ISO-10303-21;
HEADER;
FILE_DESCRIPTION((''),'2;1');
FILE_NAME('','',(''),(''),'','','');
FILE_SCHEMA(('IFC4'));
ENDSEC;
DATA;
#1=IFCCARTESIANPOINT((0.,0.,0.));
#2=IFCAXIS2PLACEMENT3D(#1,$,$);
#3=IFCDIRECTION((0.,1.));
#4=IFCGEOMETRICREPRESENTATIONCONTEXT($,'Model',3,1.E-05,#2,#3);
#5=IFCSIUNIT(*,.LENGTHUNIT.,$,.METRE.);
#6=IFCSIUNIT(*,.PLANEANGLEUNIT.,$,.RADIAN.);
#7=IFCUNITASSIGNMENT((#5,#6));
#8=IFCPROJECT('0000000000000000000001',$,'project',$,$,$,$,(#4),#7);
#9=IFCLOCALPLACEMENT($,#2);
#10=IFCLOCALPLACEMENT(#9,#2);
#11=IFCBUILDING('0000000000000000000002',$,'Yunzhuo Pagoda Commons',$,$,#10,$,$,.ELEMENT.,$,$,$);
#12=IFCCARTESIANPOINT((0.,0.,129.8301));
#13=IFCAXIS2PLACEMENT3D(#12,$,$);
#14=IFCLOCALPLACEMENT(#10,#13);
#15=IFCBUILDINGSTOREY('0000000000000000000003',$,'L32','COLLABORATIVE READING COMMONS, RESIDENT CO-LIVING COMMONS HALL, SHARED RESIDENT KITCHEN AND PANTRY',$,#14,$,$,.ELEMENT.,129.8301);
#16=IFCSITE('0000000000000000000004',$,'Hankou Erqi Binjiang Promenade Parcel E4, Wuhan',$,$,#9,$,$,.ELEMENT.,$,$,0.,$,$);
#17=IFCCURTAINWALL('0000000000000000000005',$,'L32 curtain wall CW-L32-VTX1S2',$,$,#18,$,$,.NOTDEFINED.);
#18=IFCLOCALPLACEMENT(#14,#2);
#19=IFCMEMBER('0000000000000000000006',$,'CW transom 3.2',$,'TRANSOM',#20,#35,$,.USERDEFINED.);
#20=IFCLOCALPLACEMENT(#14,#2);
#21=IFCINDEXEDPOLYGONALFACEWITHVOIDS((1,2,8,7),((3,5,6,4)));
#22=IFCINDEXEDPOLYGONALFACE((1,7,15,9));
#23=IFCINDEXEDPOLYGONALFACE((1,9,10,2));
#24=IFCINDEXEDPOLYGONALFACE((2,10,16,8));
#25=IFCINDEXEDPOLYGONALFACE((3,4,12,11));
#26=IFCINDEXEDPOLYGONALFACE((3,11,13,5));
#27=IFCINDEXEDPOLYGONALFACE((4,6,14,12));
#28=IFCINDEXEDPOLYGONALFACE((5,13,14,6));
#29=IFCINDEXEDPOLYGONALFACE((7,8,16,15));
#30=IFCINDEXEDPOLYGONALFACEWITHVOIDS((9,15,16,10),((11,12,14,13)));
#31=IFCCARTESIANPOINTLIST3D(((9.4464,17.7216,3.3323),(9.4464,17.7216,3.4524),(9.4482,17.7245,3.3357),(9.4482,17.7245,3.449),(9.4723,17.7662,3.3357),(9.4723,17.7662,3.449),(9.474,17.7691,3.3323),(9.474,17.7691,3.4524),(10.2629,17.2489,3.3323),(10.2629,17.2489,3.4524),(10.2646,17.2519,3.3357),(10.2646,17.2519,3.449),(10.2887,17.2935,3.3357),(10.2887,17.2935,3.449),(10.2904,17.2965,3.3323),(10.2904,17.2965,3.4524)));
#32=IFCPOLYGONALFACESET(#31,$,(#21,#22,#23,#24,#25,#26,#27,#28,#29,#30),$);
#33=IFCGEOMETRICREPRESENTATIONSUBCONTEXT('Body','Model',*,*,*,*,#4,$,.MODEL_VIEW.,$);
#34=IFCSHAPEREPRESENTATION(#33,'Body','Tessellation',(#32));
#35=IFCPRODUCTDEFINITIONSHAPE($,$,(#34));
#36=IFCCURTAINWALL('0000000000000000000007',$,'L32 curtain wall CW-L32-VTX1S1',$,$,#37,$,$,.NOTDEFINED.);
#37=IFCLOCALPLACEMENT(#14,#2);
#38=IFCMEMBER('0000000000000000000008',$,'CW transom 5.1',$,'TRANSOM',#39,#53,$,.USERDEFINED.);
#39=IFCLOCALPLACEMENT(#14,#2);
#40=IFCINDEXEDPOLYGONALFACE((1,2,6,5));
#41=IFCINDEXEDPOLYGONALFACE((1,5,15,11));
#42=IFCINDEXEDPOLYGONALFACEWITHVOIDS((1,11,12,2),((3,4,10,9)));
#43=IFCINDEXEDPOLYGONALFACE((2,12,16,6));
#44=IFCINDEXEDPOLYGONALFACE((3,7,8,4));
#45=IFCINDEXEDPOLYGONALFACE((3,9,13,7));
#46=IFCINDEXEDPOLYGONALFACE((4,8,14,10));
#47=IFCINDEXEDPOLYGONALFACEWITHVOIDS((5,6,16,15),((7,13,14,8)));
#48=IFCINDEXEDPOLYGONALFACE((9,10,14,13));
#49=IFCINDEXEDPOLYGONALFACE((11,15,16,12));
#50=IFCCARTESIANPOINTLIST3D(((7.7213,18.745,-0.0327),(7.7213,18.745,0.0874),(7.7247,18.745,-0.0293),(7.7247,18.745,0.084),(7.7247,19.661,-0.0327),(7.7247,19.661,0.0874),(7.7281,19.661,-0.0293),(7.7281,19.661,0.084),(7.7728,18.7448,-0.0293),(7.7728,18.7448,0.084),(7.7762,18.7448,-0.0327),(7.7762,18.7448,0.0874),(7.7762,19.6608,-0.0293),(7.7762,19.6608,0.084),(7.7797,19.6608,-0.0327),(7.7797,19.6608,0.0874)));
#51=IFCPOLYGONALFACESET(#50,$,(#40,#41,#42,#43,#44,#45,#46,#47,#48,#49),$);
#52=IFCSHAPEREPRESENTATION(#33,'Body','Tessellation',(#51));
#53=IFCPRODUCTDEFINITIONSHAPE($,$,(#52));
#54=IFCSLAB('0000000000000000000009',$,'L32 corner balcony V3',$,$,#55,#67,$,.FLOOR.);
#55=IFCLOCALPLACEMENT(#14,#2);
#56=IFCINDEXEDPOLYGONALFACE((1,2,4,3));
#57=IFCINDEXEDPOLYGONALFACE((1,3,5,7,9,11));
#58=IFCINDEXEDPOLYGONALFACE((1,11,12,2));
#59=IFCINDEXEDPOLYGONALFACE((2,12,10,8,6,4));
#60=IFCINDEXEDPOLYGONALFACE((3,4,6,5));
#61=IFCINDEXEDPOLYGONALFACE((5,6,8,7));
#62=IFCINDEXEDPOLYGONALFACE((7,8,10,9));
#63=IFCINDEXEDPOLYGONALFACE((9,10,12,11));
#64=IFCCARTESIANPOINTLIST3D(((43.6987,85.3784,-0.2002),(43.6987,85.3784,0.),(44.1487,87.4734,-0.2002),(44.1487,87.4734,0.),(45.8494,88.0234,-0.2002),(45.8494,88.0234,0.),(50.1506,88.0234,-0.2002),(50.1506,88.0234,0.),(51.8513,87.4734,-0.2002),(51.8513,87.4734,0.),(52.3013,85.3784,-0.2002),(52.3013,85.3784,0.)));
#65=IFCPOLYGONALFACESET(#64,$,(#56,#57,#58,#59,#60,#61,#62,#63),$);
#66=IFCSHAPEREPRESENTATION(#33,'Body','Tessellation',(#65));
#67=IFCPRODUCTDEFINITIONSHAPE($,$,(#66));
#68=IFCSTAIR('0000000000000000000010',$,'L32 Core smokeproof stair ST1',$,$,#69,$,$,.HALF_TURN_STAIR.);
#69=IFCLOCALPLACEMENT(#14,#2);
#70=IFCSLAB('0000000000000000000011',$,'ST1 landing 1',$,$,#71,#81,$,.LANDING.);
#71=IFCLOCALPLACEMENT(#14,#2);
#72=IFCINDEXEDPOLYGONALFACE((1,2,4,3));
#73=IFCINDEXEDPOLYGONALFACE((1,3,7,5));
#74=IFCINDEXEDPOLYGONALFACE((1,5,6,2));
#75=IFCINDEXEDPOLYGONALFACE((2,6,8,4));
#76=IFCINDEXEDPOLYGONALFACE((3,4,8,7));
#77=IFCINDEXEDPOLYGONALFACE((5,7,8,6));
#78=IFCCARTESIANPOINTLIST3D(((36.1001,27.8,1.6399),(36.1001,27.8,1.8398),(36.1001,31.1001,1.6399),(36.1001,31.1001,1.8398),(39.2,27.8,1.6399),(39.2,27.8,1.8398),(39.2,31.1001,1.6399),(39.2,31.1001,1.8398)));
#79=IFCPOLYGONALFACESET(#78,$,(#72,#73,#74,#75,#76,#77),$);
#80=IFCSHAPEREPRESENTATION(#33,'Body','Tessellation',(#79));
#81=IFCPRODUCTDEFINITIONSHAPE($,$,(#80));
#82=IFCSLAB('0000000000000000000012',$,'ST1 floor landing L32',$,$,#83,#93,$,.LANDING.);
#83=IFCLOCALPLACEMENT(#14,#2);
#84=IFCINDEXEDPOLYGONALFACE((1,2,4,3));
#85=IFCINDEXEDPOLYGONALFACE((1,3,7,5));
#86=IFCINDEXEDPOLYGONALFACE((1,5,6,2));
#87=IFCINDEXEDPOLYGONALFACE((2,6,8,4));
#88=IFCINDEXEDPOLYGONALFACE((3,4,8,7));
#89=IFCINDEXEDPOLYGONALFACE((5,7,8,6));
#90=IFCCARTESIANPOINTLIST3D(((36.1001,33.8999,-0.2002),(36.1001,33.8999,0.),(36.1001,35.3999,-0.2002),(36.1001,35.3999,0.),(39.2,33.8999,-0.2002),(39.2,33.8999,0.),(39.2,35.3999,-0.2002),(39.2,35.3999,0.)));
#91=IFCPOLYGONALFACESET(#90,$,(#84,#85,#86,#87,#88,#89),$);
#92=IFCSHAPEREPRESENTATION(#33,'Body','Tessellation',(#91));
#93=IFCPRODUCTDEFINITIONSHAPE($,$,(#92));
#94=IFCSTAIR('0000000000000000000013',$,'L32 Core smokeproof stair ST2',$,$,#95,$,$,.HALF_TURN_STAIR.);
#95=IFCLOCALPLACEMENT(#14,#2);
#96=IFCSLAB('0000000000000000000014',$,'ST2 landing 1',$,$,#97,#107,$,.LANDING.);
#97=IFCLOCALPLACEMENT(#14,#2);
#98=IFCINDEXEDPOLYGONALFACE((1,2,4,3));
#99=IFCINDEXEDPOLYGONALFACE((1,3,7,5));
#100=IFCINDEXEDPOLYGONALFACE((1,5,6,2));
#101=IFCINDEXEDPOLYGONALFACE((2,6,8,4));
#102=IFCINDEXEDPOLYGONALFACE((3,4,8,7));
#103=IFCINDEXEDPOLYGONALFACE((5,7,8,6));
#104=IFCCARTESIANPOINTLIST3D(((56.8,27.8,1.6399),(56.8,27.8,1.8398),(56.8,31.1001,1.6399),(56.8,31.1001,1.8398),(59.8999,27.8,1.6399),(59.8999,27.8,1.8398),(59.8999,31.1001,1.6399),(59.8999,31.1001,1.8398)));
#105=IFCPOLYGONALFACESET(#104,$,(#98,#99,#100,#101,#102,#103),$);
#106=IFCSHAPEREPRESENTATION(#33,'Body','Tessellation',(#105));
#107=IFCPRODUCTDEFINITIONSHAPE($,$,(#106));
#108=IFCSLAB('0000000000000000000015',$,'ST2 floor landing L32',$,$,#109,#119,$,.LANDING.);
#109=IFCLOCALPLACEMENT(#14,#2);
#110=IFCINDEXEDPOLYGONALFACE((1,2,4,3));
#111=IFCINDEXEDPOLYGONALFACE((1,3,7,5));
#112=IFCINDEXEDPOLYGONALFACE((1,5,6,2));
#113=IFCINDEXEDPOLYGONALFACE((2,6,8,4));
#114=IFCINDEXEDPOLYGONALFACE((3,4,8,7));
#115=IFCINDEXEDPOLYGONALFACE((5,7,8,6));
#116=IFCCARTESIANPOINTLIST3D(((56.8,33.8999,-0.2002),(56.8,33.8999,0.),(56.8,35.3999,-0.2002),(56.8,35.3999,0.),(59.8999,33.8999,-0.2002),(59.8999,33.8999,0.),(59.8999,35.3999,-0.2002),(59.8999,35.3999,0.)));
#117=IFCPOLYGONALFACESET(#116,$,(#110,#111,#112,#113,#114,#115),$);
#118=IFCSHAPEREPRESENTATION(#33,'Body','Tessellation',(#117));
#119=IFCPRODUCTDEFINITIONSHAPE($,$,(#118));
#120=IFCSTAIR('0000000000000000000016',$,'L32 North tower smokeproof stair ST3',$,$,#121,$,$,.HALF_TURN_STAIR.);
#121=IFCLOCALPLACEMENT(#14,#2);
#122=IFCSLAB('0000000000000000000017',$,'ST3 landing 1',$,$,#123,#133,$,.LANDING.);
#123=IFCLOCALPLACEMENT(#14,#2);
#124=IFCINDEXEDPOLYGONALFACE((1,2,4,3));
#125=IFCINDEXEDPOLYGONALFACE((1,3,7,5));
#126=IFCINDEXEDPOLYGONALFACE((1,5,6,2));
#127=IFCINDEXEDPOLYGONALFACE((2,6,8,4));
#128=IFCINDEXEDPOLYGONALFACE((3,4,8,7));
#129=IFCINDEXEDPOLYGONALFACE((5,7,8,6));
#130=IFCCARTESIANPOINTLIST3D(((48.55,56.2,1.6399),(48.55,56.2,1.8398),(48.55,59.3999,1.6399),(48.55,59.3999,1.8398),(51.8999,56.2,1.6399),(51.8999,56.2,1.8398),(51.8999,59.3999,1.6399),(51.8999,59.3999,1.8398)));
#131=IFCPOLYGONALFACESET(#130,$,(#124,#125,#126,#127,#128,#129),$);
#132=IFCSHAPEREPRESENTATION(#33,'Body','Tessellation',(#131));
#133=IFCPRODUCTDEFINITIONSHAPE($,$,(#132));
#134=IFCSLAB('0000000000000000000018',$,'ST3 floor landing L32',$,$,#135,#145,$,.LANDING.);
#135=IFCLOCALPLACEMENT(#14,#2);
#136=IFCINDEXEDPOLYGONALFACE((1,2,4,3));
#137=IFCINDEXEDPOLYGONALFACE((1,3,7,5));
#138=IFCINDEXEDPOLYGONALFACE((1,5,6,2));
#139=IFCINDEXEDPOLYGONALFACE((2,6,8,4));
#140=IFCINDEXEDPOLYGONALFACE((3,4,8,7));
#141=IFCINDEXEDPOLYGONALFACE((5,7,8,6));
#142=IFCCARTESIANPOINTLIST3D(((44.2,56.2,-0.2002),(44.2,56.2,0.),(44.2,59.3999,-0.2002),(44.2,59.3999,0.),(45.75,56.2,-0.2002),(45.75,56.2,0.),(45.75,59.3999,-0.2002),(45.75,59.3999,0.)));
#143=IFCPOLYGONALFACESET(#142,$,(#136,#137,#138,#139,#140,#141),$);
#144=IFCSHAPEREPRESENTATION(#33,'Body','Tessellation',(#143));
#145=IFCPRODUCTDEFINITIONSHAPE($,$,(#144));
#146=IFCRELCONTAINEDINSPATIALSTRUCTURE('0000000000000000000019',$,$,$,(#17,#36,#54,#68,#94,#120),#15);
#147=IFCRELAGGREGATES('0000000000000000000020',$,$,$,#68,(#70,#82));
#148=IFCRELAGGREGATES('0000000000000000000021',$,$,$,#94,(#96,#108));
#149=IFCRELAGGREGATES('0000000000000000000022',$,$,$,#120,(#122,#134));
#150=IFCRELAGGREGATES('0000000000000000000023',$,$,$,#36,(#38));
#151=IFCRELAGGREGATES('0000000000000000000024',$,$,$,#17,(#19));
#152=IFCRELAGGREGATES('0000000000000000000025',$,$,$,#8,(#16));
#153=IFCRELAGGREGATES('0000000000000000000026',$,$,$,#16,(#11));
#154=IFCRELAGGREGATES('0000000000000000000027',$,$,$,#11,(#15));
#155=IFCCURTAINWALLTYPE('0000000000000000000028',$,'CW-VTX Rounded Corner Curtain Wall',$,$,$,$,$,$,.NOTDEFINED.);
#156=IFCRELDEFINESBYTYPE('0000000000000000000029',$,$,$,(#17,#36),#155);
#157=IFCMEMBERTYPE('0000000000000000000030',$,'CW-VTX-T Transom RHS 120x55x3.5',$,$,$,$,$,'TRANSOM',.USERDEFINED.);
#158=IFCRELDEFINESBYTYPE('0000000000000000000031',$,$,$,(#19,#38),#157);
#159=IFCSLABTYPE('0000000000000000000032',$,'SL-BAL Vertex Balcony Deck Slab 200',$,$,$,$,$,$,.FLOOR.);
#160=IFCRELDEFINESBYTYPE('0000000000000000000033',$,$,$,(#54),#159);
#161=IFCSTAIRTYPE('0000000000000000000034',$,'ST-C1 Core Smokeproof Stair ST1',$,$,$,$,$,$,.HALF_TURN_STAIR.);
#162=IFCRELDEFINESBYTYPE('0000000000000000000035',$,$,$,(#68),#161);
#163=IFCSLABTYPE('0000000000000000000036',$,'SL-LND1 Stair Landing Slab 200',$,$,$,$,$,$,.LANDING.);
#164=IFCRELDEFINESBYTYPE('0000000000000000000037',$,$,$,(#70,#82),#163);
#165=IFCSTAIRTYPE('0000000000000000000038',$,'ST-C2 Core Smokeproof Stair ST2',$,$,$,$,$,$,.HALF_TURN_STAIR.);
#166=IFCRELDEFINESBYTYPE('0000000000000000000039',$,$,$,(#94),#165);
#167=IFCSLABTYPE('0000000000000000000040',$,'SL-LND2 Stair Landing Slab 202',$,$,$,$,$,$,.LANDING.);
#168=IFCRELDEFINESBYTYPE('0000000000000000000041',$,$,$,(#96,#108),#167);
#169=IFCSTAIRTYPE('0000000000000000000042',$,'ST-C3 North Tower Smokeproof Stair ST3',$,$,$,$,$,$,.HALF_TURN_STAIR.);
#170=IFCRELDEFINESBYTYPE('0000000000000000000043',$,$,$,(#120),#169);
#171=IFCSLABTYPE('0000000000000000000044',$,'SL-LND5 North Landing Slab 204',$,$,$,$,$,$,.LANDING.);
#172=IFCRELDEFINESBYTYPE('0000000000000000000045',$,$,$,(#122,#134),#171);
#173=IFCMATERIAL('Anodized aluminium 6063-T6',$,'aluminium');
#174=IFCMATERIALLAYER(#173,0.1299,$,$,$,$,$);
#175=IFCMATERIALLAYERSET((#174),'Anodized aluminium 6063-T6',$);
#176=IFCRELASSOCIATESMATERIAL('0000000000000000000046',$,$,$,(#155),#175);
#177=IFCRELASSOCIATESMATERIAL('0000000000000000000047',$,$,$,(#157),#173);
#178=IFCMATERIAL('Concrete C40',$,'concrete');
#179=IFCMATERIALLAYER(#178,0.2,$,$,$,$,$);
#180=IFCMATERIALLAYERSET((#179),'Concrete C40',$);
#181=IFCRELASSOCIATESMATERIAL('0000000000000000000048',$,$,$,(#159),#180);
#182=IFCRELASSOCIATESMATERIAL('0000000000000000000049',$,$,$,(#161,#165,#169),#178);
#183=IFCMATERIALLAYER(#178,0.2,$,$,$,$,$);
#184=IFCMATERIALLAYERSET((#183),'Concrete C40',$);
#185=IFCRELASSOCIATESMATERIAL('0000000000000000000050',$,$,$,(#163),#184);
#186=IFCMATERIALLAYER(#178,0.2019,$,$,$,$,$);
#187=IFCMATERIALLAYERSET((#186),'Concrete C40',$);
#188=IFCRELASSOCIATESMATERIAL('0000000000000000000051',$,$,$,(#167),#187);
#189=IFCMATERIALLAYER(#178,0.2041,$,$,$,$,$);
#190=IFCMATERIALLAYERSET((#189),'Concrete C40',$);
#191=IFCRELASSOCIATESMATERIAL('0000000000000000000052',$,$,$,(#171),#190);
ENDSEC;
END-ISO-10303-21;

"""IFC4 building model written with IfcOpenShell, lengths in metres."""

from ifc_helpers import new_model, si_unit, direction, frame, origin, origin_2d, place, context, subcontext, project, spatial, polyline, hollow_rectangle, outline, extrude, source, transform, mapped, material, layer, layer_set, material_profile, profile_set, type_object, element, aggregate, save


model = new_model("IFC4")

# Units and contexts
model_context = context("Model", 3, precision=1e-05, world=origin(), true_north=direction((0.0, 1.0)))
body_context = subcontext(model_context, "Body", "Model", "MODEL_VIEW")
ifc_project = project(units=[si_unit("LENGTHUNIT", "METRE"), si_unit("PLANEANGLEUNIT", "RADIAN")], contexts=[model_context])

# Site, building, storey
site_placement = place(None, origin())
site = spatial("IfcSite", under=ifc_project, at=site_placement, Name="Hankou Erqi Binjiang Promenade Parcel E4, Wuhan", CompositionType="ELEMENT", RefElevation=0.0)
building_placement = place(site_placement, origin())
building = spatial("IfcBuilding", under=site, at=building_placement, Name="Yunzhuo Pagoda Commons", CompositionType="ELEMENT")
storey_placement = place(building_placement, frame((0.0, 0.0, 129.8301)))
storey = spatial("IfcBuildingStorey", under=building, at=storey_placement, Name="L32", Description="COLLABORATIVE READING COMMONS, RESIDENT CO-LIVING COMMONS HALL, SHARED RESIDENT KITCHEN AND PANTRY", CompositionType="ELEMENT", Elevation=129.8301)

# Curtain wall, member
ifc_material_1 = material(Name="Anodized aluminium 6063-T6", Category="aluminium")
ifc_layer_1 = layer(ifc_material_1, 0.1299)
ifc_layer_set_1 = layer_set([ifc_layer_1], Name="Anodized aluminium 6063-T6")
curtain_wall_type = type_object("IfcCurtainWallType", Name="CW-VTX Rounded Corner Curtain Wall", PredefinedType="NOTDEFINED", material=ifc_layer_set_1)
curtain_wall_1_placement = place(storey_placement, origin())
curtain_wall_1 = element("IfcCurtainWall", 1, at=curtain_wall_1_placement, inside=storey, type_object=curtain_wall_type, Name="L32 curtain wall CW-L32-VTX1S2", PredefinedType="NOTDEFINED")
ifc_material_profile_1 = material_profile(ifc_material_1, hollow_rectangle(XDim=0.0549, YDim=0.1201, WallThickness=0.0034, at=origin_2d()), Name="Anodized aluminium 6063-T6")
ifc_profile_set_1 = profile_set([ifc_material_profile_1], Name="Anodized aluminium 6063-T6")
member_type_1 = type_object("IfcMemberType", Name="CW-VTX-T Transom RHS 120x55x3.5", ElementType="TRANSOM", PredefinedType="USERDEFINED", material=ifc_profile_set_1)
shared_shape_1 = source(origin(), body_context, "Body", "SweptSolid", [
    extrude(hollow_rectangle(XDim=0.0549, YDim=0.1201, WallThickness=0.0034, at=origin_2d()), origin(), (0.0, 0.0, 1.0), 0.9434),
])
member_1_placement = place(storey_placement, frame((9.4602, 17.7454, 3.3923), z_axis=(0.865426, -0.501036, 0.0), x_axis=(0.501036, 0.865426, 0.0)))
member_1 = element("IfcMember", 2, at=member_1_placement, type_object=member_type_1, Name="CW transom 3.2", ObjectType="TRANSOM", PredefinedType="USERDEFINED", context=body_context, shape_type="MappedRepresentation", body=[
    mapped(shared_shape_1, transform((0.0, 0.0, 0.0), scale=1.0)),
])

# Curtain wall, member
curtain_wall_2_placement = place(storey_placement, origin())
curtain_wall_2 = element("IfcCurtainWall", 3, at=curtain_wall_2_placement, inside=storey, type_object=curtain_wall_type, Name="L32 curtain wall CW-L32-VTX1S1", PredefinedType="NOTDEFINED")
shared_shape_2 = source(origin(), body_context, "Body", "SweptSolid", [
    extrude(hollow_rectangle(XDim=0.0549, YDim=0.1201, WallThickness=0.0034, at=origin_2d()), origin(), (0.0, 0.0, 1.0), 0.916),
])
member_2_placement = place(storey_placement, frame((7.7522, 19.6609, 0.0273), z_axis=(-0.003731, -0.999993, 0.0), x_axis=(0.999993, -0.003731, 0.0)))
member_2 = element("IfcMember", 4, at=member_2_placement, type_object=member_type_1, Name="CW transom 5.1", ObjectType="TRANSOM", PredefinedType="USERDEFINED", context=body_context, shape_type="MappedRepresentation", body=[
    mapped(shared_shape_2, transform((0.0, 0.0, 0.0), scale=1.0)),
])

# Slab
ifc_material_2 = material(Name="Concrete C40", Category="concrete")
ifc_layer_2 = layer(ifc_material_2, 0.2)
ifc_layer_set_2 = layer_set([ifc_layer_2], Name="Concrete C40")
slab_type_1 = type_object("IfcSlabType", Name="SL-BAL Vertex Balcony Deck Slab 200", PredefinedType="FLOOR", material=ifc_layer_set_2)
slab_1_placement = place(storey_placement, frame((0.0, 0.0, -0.2002)))
element("IfcSlab", 5, at=slab_1_placement, inside=storey, type_object=slab_type_1, Name="L32 corner balcony V3", PredefinedType="FLOOR", context=body_context, shape_type="SweptSolid", body=[
    extrude(outline(polyline([(52.3013, 85.3784), (43.6987, 85.3784), (44.1487, 87.4734), (45.8494, 88.0234), (50.1506, 88.0234), (51.8513, 87.4734), (52.3013, 85.3784)])), origin(), (0.0, 0.0, 1.0), 0.2002),
])

# Stairs, slabs
stair_type_1 = type_object("IfcStairType", Name="ST-C1 Core Smokeproof Stair ST1", PredefinedType="HALF_TURN_STAIR", material=ifc_material_2)
stair_1_placement = place(storey_placement, origin())
stair_1 = element("IfcStair", 6, at=stair_1_placement, inside=storey, type_object=stair_type_1, Name="L32 Core smokeproof stair ST1", PredefinedType="HALF_TURN_STAIR")
ifc_layer_3 = layer(ifc_material_2, 0.2)
ifc_layer_set_3 = layer_set([ifc_layer_3], Name="Concrete C40")
slab_type_2 = type_object("IfcSlabType", Name="SL-LND1 Stair Landing Slab 200", PredefinedType="LANDING", material=ifc_layer_set_3)
slab_2_placement = place(storey_placement, frame((0.0, 0.0, 1.6399)))
slab_2 = element("IfcSlab", 7, at=slab_2_placement, type_object=slab_type_2, Name="ST1 landing 1", PredefinedType="LANDING", context=body_context, shape_type="SweptSolid", body=[
    extrude(outline(polyline([(36.1001, 31.1001), (36.1001, 27.8), (39.2, 27.8), (39.2, 31.1001), (36.1001, 31.1001)])), origin(), (0.0, 0.0, 1.0), 0.2),
])
slab_3_placement = place(storey_placement, frame((0.0, 0.0, -0.2002)))
slab_3 = element("IfcSlab", 8, at=slab_3_placement, type_object=slab_type_2, Name="ST1 floor landing L32", PredefinedType="LANDING", context=body_context, shape_type="SweptSolid", body=[
    extrude(outline(polyline([(36.1001, 35.3999), (36.1001, 33.8999), (39.2, 33.8999), (39.2, 35.3999), (36.1001, 35.3999)])), origin(), (0.0, 0.0, 1.0), 0.2002),
])
aggregate(stair_1, [slab_2, slab_3])
stair_type_2 = type_object("IfcStairType", Name="ST-C2 Core Smokeproof Stair ST2", PredefinedType="HALF_TURN_STAIR", material=ifc_material_2)
stair_2_placement = place(storey_placement, origin())
stair_2 = element("IfcStair", 9, at=stair_2_placement, inside=storey, type_object=stair_type_2, Name="L32 Core smokeproof stair ST2", PredefinedType="HALF_TURN_STAIR")
ifc_layer_4 = layer(ifc_material_2, 0.2019)
ifc_layer_set_4 = layer_set([ifc_layer_4], Name="Concrete C40")
slab_type_3 = type_object("IfcSlabType", Name="SL-LND2 Stair Landing Slab 202", PredefinedType="LANDING", material=ifc_layer_set_4)
slab_4_placement = place(storey_placement, frame((0.0, 0.0, 1.6399)))
slab_4 = element("IfcSlab", 10, at=slab_4_placement, type_object=slab_type_3, Name="ST2 landing 1", PredefinedType="LANDING", context=body_context, shape_type="SweptSolid", body=[
    extrude(outline(polyline([(56.8, 31.1001), (56.8, 27.8), (59.8999, 27.8), (59.8999, 31.1001), (56.8, 31.1001)])), origin(), (0.0, 0.0, 1.0), 0.2),
])
slab_5_placement = place(storey_placement, frame((0.0, 0.0, -0.2002)))
slab_5 = element("IfcSlab", 11, at=slab_5_placement, type_object=slab_type_3, Name="ST2 floor landing L32", PredefinedType="LANDING", context=body_context, shape_type="SweptSolid", body=[
    extrude(outline(polyline([(56.8, 35.3999), (56.8, 33.8999), (59.8999, 33.8999), (59.8999, 35.3999), (56.8, 35.3999)])), origin(), (0.0, 0.0, 1.0), 0.2002),
])
aggregate(stair_2, [slab_4, slab_5])
stair_type_3 = type_object("IfcStairType", Name="ST-C3 North Tower Smokeproof Stair ST3", PredefinedType="HALF_TURN_STAIR", material=ifc_material_2)
stair_3_placement = place(storey_placement, origin())
stair_3 = element("IfcStair", 12, at=stair_3_placement, inside=storey, type_object=stair_type_3, Name="L32 North tower smokeproof stair ST3", PredefinedType="HALF_TURN_STAIR")
ifc_layer_5 = layer(ifc_material_2, 0.2041)
ifc_layer_set_5 = layer_set([ifc_layer_5], Name="Concrete C40")
slab_type_4 = type_object("IfcSlabType", Name="SL-LND5 North Landing Slab 204", PredefinedType="LANDING", material=ifc_layer_set_5)
slab_6_placement = place(storey_placement, frame((0.0, 0.0, 1.6399)))
slab_6 = element("IfcSlab", 13, at=slab_6_placement, type_object=slab_type_4, Name="ST3 landing 1", PredefinedType="LANDING", context=body_context, shape_type="SweptSolid", body=[
    extrude(outline(polyline([(48.55, 56.2), (51.8999, 56.2), (51.8999, 59.3999), (48.55, 59.3999), (48.55, 56.2)])), origin(), (0.0, 0.0, 1.0), 0.2),
])
slab_7_placement = place(storey_placement, frame((0.0, 0.0, -0.2002)))
slab_7 = element("IfcSlab", 14, at=slab_7_placement, type_object=slab_type_4, Name="ST3 floor landing L32", PredefinedType="LANDING", context=body_context, shape_type="SweptSolid", body=[
    extrude(outline(polyline([(44.2, 56.2), (45.75, 56.2), (45.75, 59.3999), (44.2, 59.3999), (44.2, 56.2)])), origin(), (0.0, 0.0, 1.0), 0.2002),
])
aggregate(stair_3, [slab_6, slab_7])

aggregate(curtain_wall_2, [member_2])
aggregate(curtain_wall_1, [member_1])

save(model, "model.ifc")
